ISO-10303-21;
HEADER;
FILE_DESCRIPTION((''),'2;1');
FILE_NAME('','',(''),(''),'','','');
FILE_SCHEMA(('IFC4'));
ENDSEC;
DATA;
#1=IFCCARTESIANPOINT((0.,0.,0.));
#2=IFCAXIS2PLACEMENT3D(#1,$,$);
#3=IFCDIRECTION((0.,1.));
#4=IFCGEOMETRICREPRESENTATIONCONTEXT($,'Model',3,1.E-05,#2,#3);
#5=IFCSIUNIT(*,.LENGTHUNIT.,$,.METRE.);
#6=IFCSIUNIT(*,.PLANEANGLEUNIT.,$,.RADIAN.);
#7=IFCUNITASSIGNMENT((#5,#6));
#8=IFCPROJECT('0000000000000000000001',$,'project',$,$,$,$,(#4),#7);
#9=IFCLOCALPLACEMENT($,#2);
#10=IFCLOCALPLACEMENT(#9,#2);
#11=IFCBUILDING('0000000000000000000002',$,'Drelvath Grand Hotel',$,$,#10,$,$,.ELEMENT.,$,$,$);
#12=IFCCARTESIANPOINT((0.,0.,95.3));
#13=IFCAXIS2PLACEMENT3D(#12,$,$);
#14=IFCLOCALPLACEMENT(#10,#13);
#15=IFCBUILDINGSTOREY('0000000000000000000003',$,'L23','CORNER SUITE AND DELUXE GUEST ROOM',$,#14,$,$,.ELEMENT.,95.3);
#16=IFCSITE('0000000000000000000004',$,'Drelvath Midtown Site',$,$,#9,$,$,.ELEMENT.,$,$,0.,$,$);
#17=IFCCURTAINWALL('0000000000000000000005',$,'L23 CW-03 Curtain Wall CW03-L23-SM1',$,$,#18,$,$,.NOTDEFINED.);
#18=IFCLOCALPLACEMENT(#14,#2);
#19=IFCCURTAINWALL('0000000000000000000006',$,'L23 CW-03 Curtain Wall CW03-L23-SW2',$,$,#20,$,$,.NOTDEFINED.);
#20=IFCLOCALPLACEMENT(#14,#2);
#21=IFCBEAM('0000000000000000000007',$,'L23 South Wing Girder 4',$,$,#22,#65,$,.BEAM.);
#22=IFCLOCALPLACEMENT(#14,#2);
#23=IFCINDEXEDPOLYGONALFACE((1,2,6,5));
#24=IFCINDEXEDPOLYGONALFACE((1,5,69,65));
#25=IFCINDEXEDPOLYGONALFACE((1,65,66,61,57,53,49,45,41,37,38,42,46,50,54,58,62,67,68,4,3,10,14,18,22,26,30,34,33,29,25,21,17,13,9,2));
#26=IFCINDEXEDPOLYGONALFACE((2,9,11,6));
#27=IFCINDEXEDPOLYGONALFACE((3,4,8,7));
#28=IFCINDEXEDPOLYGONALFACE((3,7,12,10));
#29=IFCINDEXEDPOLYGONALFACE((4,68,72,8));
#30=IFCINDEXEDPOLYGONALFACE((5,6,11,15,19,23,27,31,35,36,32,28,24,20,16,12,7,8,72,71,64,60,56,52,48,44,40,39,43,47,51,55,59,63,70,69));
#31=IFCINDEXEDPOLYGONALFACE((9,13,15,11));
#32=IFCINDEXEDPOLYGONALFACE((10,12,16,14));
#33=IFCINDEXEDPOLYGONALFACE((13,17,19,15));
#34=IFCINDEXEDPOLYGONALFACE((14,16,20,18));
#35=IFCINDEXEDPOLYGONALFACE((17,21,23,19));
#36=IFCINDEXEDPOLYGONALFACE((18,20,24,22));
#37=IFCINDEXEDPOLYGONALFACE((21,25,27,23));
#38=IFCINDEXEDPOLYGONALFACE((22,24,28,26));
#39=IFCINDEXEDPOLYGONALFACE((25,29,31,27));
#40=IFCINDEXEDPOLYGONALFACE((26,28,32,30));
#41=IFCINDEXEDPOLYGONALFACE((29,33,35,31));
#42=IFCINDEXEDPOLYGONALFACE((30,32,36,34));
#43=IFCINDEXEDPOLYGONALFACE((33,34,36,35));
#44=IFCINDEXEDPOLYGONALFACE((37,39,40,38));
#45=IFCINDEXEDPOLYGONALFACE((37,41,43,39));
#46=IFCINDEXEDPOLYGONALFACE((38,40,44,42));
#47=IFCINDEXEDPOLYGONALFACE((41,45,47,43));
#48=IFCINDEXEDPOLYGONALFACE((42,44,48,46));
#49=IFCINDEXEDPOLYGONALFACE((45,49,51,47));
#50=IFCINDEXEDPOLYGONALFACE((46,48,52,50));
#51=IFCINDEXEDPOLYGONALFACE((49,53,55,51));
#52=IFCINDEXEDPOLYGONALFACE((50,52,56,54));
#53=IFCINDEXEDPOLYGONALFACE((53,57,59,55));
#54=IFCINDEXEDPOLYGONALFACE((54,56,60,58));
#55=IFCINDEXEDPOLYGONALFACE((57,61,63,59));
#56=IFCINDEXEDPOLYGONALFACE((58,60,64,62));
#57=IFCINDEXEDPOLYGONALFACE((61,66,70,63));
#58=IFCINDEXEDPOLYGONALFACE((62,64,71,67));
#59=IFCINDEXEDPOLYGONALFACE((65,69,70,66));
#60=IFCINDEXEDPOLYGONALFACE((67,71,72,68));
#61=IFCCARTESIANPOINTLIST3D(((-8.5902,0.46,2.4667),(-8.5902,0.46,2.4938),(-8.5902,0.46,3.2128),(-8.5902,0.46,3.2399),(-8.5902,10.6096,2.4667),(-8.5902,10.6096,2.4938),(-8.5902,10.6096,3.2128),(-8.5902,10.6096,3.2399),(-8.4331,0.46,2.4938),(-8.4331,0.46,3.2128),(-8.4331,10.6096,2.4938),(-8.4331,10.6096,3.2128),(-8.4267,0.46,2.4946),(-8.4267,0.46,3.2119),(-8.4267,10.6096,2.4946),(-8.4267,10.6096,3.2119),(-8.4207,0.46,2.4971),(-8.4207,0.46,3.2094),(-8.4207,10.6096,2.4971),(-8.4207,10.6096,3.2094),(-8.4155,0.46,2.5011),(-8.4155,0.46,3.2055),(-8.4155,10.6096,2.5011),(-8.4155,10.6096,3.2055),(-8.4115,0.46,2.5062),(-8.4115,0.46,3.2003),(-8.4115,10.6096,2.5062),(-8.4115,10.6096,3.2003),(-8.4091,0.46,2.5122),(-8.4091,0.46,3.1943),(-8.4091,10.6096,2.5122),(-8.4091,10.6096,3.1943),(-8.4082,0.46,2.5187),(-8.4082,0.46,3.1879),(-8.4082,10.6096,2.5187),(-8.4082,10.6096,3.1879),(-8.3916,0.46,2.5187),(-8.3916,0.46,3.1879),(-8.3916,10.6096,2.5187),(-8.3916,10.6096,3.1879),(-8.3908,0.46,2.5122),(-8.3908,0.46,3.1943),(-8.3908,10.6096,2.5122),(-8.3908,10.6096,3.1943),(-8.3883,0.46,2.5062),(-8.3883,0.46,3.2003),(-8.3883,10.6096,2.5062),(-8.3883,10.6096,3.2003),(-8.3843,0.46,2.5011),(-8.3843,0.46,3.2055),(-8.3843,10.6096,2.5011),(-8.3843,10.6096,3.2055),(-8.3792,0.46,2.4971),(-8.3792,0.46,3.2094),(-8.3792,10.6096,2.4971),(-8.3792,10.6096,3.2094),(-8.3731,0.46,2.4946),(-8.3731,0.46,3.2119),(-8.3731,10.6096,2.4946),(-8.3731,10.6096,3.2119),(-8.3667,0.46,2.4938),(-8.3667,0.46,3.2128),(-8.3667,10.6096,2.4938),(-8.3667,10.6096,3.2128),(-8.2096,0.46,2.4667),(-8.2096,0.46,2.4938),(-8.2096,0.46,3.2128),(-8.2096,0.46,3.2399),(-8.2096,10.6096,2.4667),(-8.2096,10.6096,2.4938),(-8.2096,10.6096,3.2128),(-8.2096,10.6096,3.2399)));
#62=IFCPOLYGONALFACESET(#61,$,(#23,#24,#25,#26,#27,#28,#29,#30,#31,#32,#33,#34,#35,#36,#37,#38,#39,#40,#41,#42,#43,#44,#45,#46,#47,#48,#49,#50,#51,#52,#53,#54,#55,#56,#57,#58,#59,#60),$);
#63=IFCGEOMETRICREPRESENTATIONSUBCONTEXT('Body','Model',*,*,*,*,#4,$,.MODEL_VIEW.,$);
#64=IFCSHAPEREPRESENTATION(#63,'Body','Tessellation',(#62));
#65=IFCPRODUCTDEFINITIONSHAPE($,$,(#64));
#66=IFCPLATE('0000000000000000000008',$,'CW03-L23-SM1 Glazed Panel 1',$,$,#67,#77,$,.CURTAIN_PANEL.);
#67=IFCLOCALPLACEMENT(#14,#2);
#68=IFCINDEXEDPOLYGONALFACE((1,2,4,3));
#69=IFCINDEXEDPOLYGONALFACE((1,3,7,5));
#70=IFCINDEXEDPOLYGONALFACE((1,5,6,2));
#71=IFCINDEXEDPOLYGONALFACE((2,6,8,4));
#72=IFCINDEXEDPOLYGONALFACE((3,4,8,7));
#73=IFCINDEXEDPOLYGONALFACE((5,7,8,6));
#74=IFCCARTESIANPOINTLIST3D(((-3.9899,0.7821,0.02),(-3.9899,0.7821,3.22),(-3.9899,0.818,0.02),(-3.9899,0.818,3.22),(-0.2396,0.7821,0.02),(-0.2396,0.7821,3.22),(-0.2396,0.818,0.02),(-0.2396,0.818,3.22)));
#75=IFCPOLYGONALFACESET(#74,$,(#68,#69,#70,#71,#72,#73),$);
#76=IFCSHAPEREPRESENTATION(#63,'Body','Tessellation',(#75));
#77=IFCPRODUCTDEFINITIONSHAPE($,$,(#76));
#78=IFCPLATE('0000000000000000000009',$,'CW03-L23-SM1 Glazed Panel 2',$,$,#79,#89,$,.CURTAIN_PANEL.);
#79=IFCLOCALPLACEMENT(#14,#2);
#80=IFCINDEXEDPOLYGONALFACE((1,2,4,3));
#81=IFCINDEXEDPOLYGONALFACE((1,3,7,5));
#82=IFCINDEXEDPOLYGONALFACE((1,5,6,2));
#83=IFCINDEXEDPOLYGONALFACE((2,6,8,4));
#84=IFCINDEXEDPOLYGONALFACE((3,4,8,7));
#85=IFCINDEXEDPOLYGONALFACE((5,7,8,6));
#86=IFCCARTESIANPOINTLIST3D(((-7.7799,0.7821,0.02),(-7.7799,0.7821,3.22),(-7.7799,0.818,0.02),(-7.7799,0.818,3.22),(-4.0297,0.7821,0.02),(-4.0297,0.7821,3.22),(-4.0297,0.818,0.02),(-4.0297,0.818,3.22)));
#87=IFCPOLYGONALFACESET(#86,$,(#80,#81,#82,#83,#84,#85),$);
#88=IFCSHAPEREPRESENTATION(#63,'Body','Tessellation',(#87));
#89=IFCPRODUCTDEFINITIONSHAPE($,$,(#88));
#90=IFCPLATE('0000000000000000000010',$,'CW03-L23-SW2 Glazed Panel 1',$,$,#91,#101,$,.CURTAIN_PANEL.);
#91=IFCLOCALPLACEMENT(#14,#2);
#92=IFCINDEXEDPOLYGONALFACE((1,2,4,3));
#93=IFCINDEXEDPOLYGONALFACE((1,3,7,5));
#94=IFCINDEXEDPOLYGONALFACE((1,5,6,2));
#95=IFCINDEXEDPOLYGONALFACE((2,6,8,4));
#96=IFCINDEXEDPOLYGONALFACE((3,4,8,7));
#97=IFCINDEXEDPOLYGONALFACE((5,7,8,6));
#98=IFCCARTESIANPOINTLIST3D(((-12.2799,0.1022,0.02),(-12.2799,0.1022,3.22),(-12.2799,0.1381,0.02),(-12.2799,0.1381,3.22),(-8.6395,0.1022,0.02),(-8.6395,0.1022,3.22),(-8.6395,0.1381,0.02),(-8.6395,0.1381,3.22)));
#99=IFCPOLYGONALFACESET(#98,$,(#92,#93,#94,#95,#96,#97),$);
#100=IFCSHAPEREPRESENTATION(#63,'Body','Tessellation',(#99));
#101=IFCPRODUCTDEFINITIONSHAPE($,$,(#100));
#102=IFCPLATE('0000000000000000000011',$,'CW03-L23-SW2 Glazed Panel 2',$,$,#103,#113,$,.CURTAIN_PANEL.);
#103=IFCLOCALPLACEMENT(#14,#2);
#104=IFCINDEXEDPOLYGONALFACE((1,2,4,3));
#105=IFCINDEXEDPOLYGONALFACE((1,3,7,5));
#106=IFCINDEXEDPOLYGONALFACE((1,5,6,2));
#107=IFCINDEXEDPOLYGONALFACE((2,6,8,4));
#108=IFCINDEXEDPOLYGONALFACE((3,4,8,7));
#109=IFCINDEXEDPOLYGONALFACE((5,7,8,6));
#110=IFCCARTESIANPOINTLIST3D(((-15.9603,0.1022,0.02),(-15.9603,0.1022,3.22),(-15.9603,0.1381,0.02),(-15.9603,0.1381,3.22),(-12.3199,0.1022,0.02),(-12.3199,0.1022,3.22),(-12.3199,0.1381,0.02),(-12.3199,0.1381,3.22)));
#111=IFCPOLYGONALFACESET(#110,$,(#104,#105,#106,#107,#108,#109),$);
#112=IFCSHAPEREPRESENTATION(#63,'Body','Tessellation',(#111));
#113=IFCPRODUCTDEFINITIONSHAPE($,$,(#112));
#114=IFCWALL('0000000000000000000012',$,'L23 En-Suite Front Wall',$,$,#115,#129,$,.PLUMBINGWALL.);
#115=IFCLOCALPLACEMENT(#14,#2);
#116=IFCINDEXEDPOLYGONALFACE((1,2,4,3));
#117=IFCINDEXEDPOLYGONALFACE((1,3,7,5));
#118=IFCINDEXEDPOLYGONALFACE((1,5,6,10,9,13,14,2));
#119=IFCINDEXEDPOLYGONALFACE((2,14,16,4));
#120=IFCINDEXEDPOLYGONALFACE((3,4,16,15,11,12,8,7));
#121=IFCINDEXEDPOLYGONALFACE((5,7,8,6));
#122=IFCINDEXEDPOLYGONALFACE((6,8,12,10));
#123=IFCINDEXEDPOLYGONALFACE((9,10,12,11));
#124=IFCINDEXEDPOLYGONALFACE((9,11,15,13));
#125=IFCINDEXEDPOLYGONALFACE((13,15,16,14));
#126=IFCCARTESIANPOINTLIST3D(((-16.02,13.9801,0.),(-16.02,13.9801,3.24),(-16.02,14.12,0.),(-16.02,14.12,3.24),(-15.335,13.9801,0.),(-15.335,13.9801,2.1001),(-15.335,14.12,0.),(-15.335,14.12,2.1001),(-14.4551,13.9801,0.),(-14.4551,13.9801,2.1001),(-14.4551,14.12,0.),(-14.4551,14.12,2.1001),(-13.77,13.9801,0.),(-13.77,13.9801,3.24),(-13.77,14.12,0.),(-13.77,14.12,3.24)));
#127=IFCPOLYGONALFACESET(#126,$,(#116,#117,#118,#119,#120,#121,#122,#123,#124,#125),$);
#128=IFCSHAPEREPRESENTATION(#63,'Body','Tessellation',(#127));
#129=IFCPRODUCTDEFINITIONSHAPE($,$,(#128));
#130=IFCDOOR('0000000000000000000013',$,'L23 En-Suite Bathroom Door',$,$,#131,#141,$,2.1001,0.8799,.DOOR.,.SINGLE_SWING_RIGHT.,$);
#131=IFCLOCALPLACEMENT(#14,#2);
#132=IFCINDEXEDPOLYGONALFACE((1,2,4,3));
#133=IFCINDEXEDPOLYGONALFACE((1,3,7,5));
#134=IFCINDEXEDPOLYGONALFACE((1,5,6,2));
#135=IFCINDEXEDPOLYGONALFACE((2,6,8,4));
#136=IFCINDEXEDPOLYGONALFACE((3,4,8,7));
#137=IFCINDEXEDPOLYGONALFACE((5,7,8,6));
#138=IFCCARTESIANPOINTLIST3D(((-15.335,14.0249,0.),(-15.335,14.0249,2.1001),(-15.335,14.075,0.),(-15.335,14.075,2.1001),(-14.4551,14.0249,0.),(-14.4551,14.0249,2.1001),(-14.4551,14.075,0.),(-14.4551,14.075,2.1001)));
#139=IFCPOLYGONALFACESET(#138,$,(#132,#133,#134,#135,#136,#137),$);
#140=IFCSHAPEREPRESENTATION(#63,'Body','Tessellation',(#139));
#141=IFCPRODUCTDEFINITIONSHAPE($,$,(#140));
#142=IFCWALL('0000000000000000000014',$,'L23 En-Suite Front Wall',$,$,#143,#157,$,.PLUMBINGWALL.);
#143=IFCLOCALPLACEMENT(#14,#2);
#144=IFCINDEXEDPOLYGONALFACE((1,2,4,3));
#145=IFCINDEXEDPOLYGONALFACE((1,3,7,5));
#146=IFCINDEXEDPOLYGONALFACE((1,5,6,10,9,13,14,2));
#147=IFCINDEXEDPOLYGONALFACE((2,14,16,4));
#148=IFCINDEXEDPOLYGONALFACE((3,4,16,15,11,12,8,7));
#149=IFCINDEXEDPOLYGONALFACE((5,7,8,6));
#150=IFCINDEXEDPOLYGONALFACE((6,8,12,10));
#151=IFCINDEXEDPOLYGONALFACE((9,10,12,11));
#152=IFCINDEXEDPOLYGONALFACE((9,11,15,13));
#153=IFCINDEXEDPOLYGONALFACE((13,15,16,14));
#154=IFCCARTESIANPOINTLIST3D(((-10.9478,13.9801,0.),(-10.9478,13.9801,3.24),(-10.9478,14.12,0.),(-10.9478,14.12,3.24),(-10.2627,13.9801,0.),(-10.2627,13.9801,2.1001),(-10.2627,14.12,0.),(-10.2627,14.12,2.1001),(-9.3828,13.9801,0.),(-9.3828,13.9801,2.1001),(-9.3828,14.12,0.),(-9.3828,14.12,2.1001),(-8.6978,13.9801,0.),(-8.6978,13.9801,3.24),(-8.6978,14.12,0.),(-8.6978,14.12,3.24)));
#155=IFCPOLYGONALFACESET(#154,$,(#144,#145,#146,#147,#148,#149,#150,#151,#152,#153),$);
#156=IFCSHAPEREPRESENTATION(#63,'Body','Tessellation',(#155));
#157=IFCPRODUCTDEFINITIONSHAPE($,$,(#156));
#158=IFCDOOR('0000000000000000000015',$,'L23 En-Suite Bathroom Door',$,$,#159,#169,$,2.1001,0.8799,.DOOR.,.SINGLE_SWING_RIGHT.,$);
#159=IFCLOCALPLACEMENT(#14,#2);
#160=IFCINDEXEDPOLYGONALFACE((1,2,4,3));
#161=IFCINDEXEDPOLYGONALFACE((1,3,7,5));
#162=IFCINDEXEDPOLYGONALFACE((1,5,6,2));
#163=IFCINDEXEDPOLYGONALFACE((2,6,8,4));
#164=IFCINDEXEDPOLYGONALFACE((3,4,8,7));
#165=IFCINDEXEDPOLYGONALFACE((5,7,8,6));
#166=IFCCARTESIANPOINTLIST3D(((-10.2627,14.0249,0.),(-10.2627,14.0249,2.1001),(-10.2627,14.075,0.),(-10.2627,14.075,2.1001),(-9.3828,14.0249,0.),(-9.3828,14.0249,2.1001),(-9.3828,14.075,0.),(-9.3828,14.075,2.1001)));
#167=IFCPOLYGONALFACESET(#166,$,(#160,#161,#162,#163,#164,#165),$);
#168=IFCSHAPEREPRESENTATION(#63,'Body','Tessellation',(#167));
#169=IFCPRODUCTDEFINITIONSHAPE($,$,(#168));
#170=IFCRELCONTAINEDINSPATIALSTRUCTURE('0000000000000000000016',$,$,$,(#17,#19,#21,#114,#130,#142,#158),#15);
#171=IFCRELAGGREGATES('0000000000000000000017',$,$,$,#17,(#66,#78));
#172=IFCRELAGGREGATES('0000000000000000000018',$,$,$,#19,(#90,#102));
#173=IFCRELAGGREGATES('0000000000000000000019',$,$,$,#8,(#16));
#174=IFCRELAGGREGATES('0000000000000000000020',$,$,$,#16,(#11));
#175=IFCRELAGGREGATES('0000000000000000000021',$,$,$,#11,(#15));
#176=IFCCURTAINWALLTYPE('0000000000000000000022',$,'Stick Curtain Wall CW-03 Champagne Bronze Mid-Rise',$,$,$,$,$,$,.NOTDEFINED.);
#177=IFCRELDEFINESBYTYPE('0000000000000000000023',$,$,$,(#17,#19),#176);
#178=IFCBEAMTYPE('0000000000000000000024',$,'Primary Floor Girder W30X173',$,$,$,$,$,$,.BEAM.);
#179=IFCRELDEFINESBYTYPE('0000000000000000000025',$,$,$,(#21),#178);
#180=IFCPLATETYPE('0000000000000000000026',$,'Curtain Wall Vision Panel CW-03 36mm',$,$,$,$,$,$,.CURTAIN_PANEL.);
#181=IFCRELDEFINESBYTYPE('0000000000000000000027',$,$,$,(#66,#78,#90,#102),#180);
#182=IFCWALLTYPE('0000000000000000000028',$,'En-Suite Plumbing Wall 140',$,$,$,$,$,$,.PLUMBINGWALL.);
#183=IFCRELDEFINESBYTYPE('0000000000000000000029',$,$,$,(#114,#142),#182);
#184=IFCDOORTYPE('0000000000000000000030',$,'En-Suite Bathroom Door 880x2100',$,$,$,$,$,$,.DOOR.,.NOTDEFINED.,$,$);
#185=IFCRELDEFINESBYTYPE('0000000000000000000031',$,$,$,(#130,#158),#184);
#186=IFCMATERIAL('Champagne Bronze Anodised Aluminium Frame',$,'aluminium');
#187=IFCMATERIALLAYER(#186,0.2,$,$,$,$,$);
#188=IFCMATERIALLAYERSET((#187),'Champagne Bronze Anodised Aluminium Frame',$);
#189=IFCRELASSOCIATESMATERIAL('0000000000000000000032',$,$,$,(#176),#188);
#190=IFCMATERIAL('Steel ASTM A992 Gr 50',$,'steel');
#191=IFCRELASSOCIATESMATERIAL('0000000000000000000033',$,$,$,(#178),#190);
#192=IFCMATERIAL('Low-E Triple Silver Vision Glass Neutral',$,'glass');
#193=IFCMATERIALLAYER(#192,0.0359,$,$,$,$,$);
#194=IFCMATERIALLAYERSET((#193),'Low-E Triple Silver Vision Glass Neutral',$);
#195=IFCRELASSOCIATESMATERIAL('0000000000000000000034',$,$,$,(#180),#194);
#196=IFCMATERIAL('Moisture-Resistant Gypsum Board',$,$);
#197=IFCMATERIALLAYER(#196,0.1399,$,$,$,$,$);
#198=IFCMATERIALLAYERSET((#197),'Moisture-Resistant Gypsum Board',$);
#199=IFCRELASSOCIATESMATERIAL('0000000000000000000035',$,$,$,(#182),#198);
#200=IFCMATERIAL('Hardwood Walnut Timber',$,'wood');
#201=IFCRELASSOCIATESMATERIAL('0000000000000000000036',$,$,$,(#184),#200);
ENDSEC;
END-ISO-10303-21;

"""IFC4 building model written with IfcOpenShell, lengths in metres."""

from ifc_helpers import new_model, si_unit, direction, frame, frame_2d, origin, origin_2d, place, context, subcontext, project, spatial, rectangle, i_section, extrude, material, layer, layer_set, material_profile, profile_set, type_object, element, fill, aggregate, save


model = new_model("IFC4")

# Units and contexts
model_context = context("Model", 3, precision=1e-05, world=origin(), true_north=direction((0.0, 1.0)))
body_context = subcontext(model_context, "Body", "Model", "MODEL_VIEW")
ifc_project = project(units=[si_unit("LENGTHUNIT", "METRE"), si_unit("PLANEANGLEUNIT", "RADIAN")], contexts=[model_context])

# Site, building, storey
site_placement = place(None, origin())
site = spatial("IfcSite", under=ifc_project, at=site_placement, Name="Drelvath Midtown Site", CompositionType="ELEMENT", RefElevation=0.0)
building_placement = place(site_placement, origin())
building = spatial("IfcBuilding", under=site, at=building_placement, Name="Drelvath Grand Hotel", CompositionType="ELEMENT")
storey_placement = place(building_placement, frame((0.0, 0.0, 95.3)))
storey = spatial("IfcBuildingStorey", under=building, at=storey_placement, Name="L23", Description="CORNER SUITE AND DELUXE GUEST ROOM", CompositionType="ELEMENT", Elevation=95.3)

# Shared definitions
ifc_material_1 = material(Name="Steel ASTM A992 Gr 50", Category="steel")

# Curtain walls
ifc_material_2 = material(Name="Champagne Bronze Anodised Aluminium Frame", Category="aluminium")
ifc_layer_1 = layer(ifc_material_2, 0.2)
ifc_layer_set_1 = layer_set([ifc_layer_1], Name="Champagne Bronze Anodised Aluminium Frame")
curtain_wall_type = type_object("IfcCurtainWallType", Name="Stick Curtain Wall CW-03 Champagne Bronze Mid-Rise", PredefinedType="NOTDEFINED", material=ifc_layer_set_1)
curtain_wall_1_placement = place(storey_placement, origin())
curtain_wall_1 = element("IfcCurtainWall", 1, at=curtain_wall_1_placement, inside=storey, type_object=curtain_wall_type, Name="L23 CW-03 Curtain Wall CW03-L23-SM1", PredefinedType="NOTDEFINED")
curtain_wall_2_placement = place(storey_placement, origin())
curtain_wall_2 = element("IfcCurtainWall", 2, at=curtain_wall_2_placement, inside=storey, type_object=curtain_wall_type, Name="L23 CW-03 Curtain Wall CW03-L23-SW2", PredefinedType="NOTDEFINED")

# Beam
ifc_material_profile_1 = material_profile(ifc_material_1, i_section(OverallWidth=0.3806, OverallDepth=0.7732, WebThickness=0.0166, FlangeThickness=0.0271, FilletRadius=0.0249, at=origin_2d()), Name="W30X173")
ifc_profile_set_1 = profile_set([ifc_material_profile_1], Name="Steel ASTM A992 Gr 50")
beam_type_1 = type_object("IfcBeamType", Name="Primary Floor Girder W30X173", PredefinedType="BEAM", material=ifc_profile_set_1)
beam_1_placement = place(storey_placement, frame((-8.3999, 0.46, 2.8533), z_axis=(0.0, 1.0, 0.0), x_axis=(-1.0, 0.0, 0.0)))
element("IfcBeam", 3, at=beam_1_placement, inside=storey, type_object=beam_type_1, Name="L23 South Wing Girder 4", PredefinedType="BEAM", context=body_context, shape_type="SweptSolid", body=[
    extrude(i_section(OverallWidth=0.3806, OverallDepth=0.7732, WebThickness=0.0166, FlangeThickness=0.0271, FilletRadius=0.0249, at=origin_2d()), origin(), (0.0, 0.0, 1.0), 10.1497),
])

# Plates
ifc_material_3 = material(Name="Low-E Triple Silver Vision Glass Neutral", Category="glass")
ifc_layer_2 = layer(ifc_material_3, 0.0359)
ifc_layer_set_2 = layer_set([ifc_layer_2], Name="Low-E Triple Silver Vision Glass Neutral")
plate_type = type_object("IfcPlateType", Name="Curtain Wall Vision Panel CW-03 36mm", PredefinedType="CURTAIN_PANEL", material=ifc_layer_set_2)
plate_1_placement = place(storey_placement, frame((-2.1147, 0.8, 0.02), z_axis=(0.0, 0.0, 1.0), x_axis=(-1.0, 0.0, 0.0)))
plate_1 = element("IfcPlate", 4, at=plate_1_placement, type_object=plate_type, Name="CW03-L23-SM1 Glazed Panel 1", PredefinedType="CURTAIN_PANEL", context=body_context, shape_type="SweptSolid", body=[
    extrude(rectangle(XDim=3.7502, YDim=0.0359, at=origin_2d()), origin(), (0.0, 0.0, 1.0), 3.2),
])
plate_2_placement = place(storey_placement, frame((-5.9048, 0.8, 0.02), z_axis=(0.0, 0.0, 1.0), x_axis=(-1.0, 0.0, 0.0)))
plate_2 = element("IfcPlate", 5, at=plate_2_placement, type_object=plate_type, Name="CW03-L23-SM1 Glazed Panel 2", PredefinedType="CURTAIN_PANEL", context=body_context, shape_type="SweptSolid", body=[
    extrude(rectangle(XDim=3.7502, YDim=0.0359, at=origin_2d()), origin(), (0.0, 0.0, 1.0), 3.2),
])
aggregate(curtain_wall_1, [plate_1, plate_2])
plate_3_placement = place(storey_placement, frame((-10.4597, 0.1201, 0.02), z_axis=(0.0, 0.0, 1.0), x_axis=(-1.0, 0.0, 0.0)))
plate_3 = element("IfcPlate", 6, at=plate_3_placement, type_object=plate_type, Name="CW03-L23-SW2 Glazed Panel 1", PredefinedType="CURTAIN_PANEL", context=body_context, shape_type="SweptSolid", body=[
    extrude(rectangle(XDim=3.6404, YDim=0.0359, at=origin_2d()), origin(), (0.0, 0.0, 1.0), 3.2),
])
plate_4_placement = place(storey_placement, frame((-14.1401, 0.1201, 0.02), z_axis=(0.0, 0.0, 1.0), x_axis=(-1.0, 0.0, 0.0)))
plate_4 = element("IfcPlate", 7, at=plate_4_placement, type_object=plate_type, Name="CW03-L23-SW2 Glazed Panel 2", PredefinedType="CURTAIN_PANEL", context=body_context, shape_type="SweptSolid", body=[
    extrude(rectangle(XDim=3.6404, YDim=0.0359, at=origin_2d()), origin(), (0.0, 0.0, 1.0), 3.2),
])
aggregate(curtain_wall_2, [plate_3, plate_4])

# Walls, openings, doors
ifc_material_4 = material(Name="Moisture-Resistant Gypsum Board")
ifc_layer_3 = layer(ifc_material_4, 0.1399)
ifc_layer_set_3 = layer_set([ifc_layer_3], Name="Moisture-Resistant Gypsum Board")
wall_type_1 = type_object("IfcWallType", Name="En-Suite Plumbing Wall 140", PredefinedType="PLUMBINGWALL", material=ifc_layer_set_3)
wall_1_placement = place(storey_placement, frame((-16.02, 14.05, 0.0), z_axis=(0.0, 0.0, 1.0), x_axis=(1.0, 0.0, 0.0)))
wall_1 = element("IfcWall", 8, at=wall_1_placement, inside=storey, type_object=wall_type_1, Name="L23 En-Suite Front Wall", PredefinedType="PLUMBINGWALL", context=body_context, shape_type="SweptSolid", body=[
    extrude(rectangle(XDim=2.25, YDim=0.1399, at=frame_2d((1.125, 0.0))), origin(), (0.0, 0.0, 1.0), 3.24),
])
opening_1_placement = place(wall_1_placement, frame((0.6851, 0.0, 0.0)))
opening_1 = element("IfcOpeningElement", 9, at=opening_1_placement, cuts=wall_1, PredefinedType="OPENING", context=body_context, shape_type="SweptSolid", body=[
    extrude(rectangle(XDim=0.8799, YDim=2.1001, at=frame_2d((0.4399, 1.05))), frame((0.0, 0.0798, 0.0), z_axis=(0.0, -1.0, 0.0), x_axis=(1.0, 0.0, 0.0)), (0.0, 0.0, 1.0), 0.1599),
])
ifc_material_5 = material(Name="Hardwood Walnut Timber", Category="wood")
door_type = type_object("IfcDoorType", Name="En-Suite Bathroom Door 880x2100", OperationType="NOTDEFINED", PredefinedType="DOOR", material=ifc_material_5)
door_1_placement = place(opening_1_placement, origin())
door_1 = element("IfcDoor", 10, at=door_1_placement, inside=storey, type_object=door_type, Name="L23 En-Suite Bathroom Door", OperationType="SINGLE_SWING_RIGHT", OverallHeight=2.1001, OverallWidth=0.8799, PredefinedType="DOOR", context=body_context, shape_type="SweptSolid", body=[
    extrude(rectangle(XDim=0.8799, YDim=2.1001, at=frame_2d((0.4399, 1.05))), frame((0.0, 0.0249, 0.0), z_axis=(0.0, -1.0, 0.0), x_axis=(1.0, 0.0, 0.0)), (0.0, 0.0, 1.0), 0.05),
])
fill(opening_1, door_1)
wall_2_placement = place(storey_placement, frame((-10.9478, 14.05, 0.0), z_axis=(0.0, 0.0, 1.0), x_axis=(1.0, 0.0, 0.0)))
wall_2 = element("IfcWall", 11, at=wall_2_placement, inside=storey, type_object=wall_type_1, Name="L23 En-Suite Front Wall", PredefinedType="PLUMBINGWALL", context=body_context, shape_type="SweptSolid", body=[
    extrude(rectangle(XDim=2.25, YDim=0.1399, at=frame_2d((1.125, 0.0))), origin(), (0.0, 0.0, 1.0), 3.24),
])
opening_2_placement = place(wall_2_placement, frame((0.6851, 0.0, 0.0)))
opening_2 = element("IfcOpeningElement", 12, at=opening_2_placement, cuts=wall_2, PredefinedType="OPENING", context=body_context, shape_type="SweptSolid", body=[
    extrude(rectangle(XDim=0.8799, YDim=2.1001, at=frame_2d((0.4399, 1.05))), frame((0.0, 0.0798, 0.0), z_axis=(0.0, -1.0, 0.0), x_axis=(1.0, 0.0, 0.0)), (0.0, 0.0, 1.0), 0.1599),
])
door_2_placement = place(opening_2_placement, origin())
door_2 = element("IfcDoor", 13, at=door_2_placement, inside=storey, type_object=door_type, Name="L23 En-Suite Bathroom Door", OperationType="SINGLE_SWING_RIGHT", OverallHeight=2.1001, OverallWidth=0.8799, PredefinedType="DOOR", context=body_context, shape_type="SweptSolid", body=[
    extrude(rectangle(XDim=0.8799, YDim=2.1001, at=frame_2d((0.4399, 1.05))), frame((0.0, 0.0249, 0.0), z_axis=(0.0, -1.0, 0.0), x_axis=(1.0, 0.0, 0.0)), (0.0, 0.0, 1.0), 0.05),
])
fill(opening_2, door_2)

save(model, "model.ifc")
